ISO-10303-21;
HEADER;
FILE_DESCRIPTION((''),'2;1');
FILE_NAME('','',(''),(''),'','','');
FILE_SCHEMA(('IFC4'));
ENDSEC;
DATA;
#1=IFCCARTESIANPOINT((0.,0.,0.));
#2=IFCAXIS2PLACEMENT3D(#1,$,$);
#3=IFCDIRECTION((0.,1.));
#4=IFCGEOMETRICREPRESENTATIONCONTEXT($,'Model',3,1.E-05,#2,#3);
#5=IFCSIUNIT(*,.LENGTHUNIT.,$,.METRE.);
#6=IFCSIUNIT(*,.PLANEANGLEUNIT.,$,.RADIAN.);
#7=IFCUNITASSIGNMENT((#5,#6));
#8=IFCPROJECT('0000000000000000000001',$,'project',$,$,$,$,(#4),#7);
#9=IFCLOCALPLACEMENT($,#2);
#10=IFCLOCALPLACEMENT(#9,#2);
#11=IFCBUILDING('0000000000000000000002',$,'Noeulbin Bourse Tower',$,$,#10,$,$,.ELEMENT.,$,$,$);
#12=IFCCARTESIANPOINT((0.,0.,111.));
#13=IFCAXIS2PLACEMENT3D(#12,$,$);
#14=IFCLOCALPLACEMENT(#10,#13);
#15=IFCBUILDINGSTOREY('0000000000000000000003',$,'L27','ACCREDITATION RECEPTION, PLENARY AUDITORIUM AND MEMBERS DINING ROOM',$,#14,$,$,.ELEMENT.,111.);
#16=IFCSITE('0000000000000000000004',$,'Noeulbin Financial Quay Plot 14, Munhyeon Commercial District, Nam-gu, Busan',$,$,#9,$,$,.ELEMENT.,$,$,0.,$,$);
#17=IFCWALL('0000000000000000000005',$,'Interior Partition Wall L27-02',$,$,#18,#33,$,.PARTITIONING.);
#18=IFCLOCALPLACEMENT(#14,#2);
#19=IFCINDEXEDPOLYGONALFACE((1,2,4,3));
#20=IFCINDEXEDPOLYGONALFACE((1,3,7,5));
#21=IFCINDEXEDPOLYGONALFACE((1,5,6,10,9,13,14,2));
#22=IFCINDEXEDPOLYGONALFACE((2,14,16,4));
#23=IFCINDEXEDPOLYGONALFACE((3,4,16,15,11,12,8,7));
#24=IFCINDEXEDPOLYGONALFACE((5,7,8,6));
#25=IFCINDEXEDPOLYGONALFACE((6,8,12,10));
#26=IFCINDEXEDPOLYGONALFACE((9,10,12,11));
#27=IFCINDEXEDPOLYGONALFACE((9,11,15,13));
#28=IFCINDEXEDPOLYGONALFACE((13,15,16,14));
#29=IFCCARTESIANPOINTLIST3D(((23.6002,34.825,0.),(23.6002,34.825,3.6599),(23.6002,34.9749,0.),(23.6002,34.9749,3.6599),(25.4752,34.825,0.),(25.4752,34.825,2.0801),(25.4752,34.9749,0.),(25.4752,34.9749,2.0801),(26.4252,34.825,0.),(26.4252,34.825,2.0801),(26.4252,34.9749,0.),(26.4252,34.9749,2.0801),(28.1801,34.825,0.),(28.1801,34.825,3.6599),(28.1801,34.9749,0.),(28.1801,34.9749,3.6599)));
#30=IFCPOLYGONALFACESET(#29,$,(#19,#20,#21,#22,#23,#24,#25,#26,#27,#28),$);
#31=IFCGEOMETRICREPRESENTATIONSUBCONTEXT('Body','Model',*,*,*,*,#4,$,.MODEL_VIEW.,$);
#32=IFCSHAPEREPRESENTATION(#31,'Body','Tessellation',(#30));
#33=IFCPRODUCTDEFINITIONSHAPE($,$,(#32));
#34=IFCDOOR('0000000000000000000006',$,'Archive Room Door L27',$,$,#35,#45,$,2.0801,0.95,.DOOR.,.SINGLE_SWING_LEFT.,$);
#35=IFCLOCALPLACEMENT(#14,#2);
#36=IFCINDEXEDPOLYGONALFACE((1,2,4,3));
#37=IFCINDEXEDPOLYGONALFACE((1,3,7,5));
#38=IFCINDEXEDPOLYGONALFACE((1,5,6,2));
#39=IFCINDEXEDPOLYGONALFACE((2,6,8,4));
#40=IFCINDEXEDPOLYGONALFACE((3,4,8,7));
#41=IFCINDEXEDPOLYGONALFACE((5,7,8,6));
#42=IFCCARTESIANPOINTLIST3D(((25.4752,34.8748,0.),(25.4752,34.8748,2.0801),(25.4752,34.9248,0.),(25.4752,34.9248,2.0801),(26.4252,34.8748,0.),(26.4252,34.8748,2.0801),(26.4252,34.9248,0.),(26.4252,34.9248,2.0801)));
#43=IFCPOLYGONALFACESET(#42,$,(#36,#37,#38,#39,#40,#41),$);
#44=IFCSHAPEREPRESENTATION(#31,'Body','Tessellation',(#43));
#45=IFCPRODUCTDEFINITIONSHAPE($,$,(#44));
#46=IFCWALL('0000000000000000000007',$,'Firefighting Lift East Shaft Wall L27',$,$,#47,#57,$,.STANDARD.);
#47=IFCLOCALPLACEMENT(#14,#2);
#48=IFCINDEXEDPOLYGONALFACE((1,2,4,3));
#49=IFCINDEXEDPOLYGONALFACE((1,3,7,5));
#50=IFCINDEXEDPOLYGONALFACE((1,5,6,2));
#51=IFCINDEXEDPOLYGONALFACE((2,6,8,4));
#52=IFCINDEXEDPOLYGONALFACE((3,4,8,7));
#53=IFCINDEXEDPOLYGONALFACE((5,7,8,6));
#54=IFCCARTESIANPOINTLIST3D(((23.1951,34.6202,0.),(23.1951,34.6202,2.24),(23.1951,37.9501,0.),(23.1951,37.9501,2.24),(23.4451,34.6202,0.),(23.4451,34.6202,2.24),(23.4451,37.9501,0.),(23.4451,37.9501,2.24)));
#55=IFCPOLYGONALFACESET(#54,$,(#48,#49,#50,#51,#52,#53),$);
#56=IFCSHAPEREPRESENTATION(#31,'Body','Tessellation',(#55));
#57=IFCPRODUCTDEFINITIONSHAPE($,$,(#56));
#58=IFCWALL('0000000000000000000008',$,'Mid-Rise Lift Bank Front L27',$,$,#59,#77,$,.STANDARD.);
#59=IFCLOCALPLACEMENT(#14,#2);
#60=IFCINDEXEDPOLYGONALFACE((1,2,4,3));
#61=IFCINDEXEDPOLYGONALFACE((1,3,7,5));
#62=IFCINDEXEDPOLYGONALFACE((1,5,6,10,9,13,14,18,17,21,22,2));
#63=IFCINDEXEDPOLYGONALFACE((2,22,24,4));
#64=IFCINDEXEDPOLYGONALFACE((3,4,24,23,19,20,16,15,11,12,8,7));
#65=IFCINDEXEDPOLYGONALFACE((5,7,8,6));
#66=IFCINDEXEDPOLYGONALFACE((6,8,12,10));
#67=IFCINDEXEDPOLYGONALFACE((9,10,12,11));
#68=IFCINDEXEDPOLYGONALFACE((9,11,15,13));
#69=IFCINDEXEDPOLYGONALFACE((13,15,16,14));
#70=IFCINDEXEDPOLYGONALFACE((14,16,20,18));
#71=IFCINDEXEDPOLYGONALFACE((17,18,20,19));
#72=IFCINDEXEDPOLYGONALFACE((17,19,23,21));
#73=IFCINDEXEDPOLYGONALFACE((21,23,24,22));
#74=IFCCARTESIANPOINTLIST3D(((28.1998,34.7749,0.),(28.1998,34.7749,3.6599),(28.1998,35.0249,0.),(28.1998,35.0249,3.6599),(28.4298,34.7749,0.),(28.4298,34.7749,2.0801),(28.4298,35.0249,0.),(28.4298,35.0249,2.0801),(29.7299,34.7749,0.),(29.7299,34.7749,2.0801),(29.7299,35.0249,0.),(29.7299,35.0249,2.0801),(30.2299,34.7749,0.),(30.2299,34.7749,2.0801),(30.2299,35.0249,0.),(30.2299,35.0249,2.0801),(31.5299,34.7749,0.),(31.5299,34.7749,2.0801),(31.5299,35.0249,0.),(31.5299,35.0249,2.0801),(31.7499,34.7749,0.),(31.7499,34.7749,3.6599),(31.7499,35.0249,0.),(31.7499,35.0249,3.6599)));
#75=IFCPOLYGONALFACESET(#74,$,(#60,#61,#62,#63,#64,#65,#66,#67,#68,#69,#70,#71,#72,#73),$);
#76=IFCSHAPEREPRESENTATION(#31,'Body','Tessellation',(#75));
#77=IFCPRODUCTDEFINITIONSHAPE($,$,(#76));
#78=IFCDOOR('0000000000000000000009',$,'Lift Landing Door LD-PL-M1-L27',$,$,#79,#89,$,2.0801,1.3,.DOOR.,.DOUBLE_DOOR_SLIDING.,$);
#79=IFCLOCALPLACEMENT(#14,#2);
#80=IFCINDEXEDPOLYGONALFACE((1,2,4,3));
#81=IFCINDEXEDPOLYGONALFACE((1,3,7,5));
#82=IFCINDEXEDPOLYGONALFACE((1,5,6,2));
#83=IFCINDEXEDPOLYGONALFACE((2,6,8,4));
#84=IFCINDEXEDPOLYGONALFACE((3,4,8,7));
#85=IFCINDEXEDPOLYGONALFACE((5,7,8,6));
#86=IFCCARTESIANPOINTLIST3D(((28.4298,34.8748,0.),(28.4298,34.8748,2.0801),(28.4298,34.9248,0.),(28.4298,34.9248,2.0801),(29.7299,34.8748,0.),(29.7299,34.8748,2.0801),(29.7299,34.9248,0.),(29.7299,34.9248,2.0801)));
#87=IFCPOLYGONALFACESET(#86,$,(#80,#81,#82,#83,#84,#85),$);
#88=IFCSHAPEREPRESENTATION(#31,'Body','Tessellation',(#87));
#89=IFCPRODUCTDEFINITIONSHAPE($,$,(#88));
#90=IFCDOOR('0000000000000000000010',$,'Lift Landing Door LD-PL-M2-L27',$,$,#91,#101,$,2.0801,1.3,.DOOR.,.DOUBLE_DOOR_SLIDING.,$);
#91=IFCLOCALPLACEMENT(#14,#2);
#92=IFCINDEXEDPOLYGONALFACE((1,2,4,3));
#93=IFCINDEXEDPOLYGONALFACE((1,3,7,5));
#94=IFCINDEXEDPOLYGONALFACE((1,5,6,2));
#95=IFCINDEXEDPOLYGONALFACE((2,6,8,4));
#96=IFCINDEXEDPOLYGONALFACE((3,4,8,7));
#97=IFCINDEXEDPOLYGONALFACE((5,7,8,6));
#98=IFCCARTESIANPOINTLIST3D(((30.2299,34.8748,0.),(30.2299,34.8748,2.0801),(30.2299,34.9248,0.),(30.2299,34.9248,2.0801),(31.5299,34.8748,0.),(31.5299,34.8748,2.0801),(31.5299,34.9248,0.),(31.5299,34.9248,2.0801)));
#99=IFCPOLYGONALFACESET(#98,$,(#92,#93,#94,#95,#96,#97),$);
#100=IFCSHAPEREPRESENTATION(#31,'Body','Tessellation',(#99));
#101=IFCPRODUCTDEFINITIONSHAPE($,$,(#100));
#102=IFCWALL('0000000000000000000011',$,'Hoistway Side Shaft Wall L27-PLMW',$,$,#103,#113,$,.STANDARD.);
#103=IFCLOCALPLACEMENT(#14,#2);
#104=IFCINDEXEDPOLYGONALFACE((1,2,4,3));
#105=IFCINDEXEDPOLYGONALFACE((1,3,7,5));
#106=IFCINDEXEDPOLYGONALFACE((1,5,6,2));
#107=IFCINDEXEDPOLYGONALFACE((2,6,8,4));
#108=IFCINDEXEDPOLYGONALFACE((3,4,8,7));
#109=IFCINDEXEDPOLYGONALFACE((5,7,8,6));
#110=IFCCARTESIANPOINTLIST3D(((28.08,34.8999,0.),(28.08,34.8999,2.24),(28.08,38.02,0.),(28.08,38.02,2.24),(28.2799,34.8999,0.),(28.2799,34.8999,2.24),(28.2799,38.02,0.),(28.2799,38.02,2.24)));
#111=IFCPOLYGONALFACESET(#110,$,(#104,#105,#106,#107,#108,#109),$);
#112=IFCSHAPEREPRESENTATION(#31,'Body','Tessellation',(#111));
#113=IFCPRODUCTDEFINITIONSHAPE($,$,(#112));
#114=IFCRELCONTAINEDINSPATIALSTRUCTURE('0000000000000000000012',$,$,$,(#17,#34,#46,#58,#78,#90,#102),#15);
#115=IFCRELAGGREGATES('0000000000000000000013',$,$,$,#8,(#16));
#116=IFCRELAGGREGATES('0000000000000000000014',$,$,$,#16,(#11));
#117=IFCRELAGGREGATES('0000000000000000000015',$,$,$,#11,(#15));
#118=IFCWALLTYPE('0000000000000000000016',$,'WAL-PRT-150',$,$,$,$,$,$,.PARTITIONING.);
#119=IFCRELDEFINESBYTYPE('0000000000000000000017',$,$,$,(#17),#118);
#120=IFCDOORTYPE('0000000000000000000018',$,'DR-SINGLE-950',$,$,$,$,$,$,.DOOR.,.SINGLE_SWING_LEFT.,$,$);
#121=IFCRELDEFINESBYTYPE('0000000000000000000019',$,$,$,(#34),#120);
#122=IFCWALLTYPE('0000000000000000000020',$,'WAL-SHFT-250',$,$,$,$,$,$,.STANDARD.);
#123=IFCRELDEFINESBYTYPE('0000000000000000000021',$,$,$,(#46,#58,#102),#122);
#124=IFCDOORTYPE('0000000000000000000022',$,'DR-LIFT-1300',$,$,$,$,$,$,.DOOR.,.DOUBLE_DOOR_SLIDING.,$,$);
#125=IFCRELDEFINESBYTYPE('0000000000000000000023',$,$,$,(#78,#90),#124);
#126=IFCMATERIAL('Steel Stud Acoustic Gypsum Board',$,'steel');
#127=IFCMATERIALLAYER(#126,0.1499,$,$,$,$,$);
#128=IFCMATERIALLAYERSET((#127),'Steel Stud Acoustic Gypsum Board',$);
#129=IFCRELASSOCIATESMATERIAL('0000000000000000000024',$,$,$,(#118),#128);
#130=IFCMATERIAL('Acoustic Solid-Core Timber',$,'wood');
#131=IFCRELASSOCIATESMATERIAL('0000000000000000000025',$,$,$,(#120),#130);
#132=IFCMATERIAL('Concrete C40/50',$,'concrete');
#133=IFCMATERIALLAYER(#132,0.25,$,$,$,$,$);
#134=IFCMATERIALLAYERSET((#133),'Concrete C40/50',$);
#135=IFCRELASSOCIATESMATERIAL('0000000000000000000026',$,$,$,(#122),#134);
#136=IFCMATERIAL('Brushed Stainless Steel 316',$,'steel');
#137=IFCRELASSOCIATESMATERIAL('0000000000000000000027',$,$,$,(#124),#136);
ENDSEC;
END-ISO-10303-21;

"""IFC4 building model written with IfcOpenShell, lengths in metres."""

from ifc_helpers import new_model, si_unit, direction, frame, frame_2d, origin, place, context, subcontext, project, spatial, rectangle, extrude, material, layer, layer_set, type_object, element, fill, save


model = new_model("IFC4")

# Units and contexts
model_context = context("Model", 3, precision=1e-05, world=origin(), true_north=direction((0.0, 1.0)))
body_context = subcontext(model_context, "Body", "Model", "MODEL_VIEW")
ifc_project = project(units=[si_unit("LENGTHUNIT", "METRE"), si_unit("PLANEANGLEUNIT", "RADIAN")], contexts=[model_context])

# Site, building, storey
site_placement = place(None, origin())
site = spatial("IfcSite", under=ifc_project, at=site_placement, Name="Noeulbin Financial Quay Plot 14, Munhyeon Commercial District, Nam-gu, Busan", CompositionType="ELEMENT", RefElevation=0.0)
building_placement = place(site_placement, origin())
building = spatial("IfcBuilding", under=site, at=building_placement, Name="Noeulbin Bourse Tower", CompositionType="ELEMENT")
storey_placement = place(building_placement, frame((0.0, 0.0, 111.0)))
storey = spatial("IfcBuildingStorey", under=building, at=storey_placement, Name="L27", Description="ACCREDITATION RECEPTION, PLENARY AUDITORIUM AND MEMBERS DINING ROOM", CompositionType="ELEMENT", Elevation=111.0)

# Shared definitions
ifc_material_1 = material(Name="Concrete C40/50", Category="concrete")

# Wall, opening, door
ifc_material_2 = material(Name="Steel Stud Acoustic Gypsum Board", Category="steel")
ifc_layer_1 = layer(ifc_material_2, 0.1499)
ifc_layer_set_1 = layer_set([ifc_layer_1], Name="Steel Stud Acoustic Gypsum Board")
wall_type_1 = type_object("IfcWallType", Name="WAL-PRT-150", PredefinedType="PARTITIONING", material=ifc_layer_set_1)
wall_1_placement = place(storey_placement, frame((23.6001, 34.8999, 0.0), z_axis=(0.0, 0.0, 1.0), x_axis=(1.0, 0.0, 0.0)))
wall_1 = element("IfcWall", 1, at=wall_1_placement, inside=storey, type_object=wall_type_1, Name="Interior Partition Wall L27-02", PredefinedType="PARTITIONING", context=body_context, shape_type="SweptSolid", body=[
    extrude(rectangle(XDim=4.5798, YDim=0.1499, at=frame_2d((2.29, 0.0))), origin(), (0.0, 0.0, 1.0), 3.6599),
])
opening_1_placement = place(wall_1_placement, frame((1.875, 0.0, 0.0)))
opening_1 = element("IfcOpeningElement", 2, at=opening_1_placement, cuts=wall_1, PredefinedType="OPENING", context=body_context, shape_type="SweptSolid", body=[
    extrude(rectangle(XDim=0.95, YDim=2.0801, at=frame_2d((0.4751, 1.04))), frame((0.0, 0.085, 0.0), z_axis=(0.0, -1.0, 0.0), x_axis=(1.0, 0.0, 0.0)), (0.0, 0.0, 1.0), 0.1699),
])
ifc_material_3 = material(Name="Acoustic Solid-Core Timber", Category="wood")
door_type_1 = type_object("IfcDoorType", Name="DR-SINGLE-950", OperationType="SINGLE_SWING_LEFT", PredefinedType="DOOR", material=ifc_material_3)
door_1_placement = place(opening_1_placement, origin())
door_1 = element("IfcDoor", 3, at=door_1_placement, inside=storey, type_object=door_type_1, Name="Archive Room Door L27", OperationType="SINGLE_SWING_LEFT", OverallHeight=2.0801, OverallWidth=0.95, PredefinedType="DOOR", context=body_context, shape_type="SweptSolid", body=[
    extrude(rectangle(XDim=0.95, YDim=2.0801, at=frame_2d((0.4751, 1.04))), frame((0.0, 0.0249, 0.0), z_axis=(0.0, -1.0, 0.0), x_axis=(1.0, 0.0, 0.0)), (0.0, 0.0, 1.0), 0.05),
])
fill(opening_1, door_1)

# Wall
ifc_layer_2 = layer(ifc_material_1, 0.25)
ifc_layer_set_2 = layer_set([ifc_layer_2], Name="Concrete C40/50")
wall_type_2 = type_object("IfcWallType", Name="WAL-SHFT-250", PredefinedType="STANDARD", material=ifc_layer_set_2)
wall_2_placement = place(storey_placement, frame((23.3201, 34.6201, 0.0), z_axis=(0.0, 0.0, 1.0), x_axis=(0.0, 1.0, 0.0)))
element("IfcWall", 4, at=wall_2_placement, inside=storey, type_object=wall_type_2, Name="Firefighting Lift East Shaft Wall L27", PredefinedType="STANDARD", context=body_context, shape_type="SweptSolid", body=[
    extrude(rectangle(XDim=3.3298, YDim=0.25, at=frame_2d((1.665, 0.0))), origin(), (0.0, 0.0, 1.0), 2.24),
])

# Wall, openings, doors
wall_3_placement = place(storey_placement, frame((28.2, 34.8999, 0.0), z_axis=(0.0, 0.0, 1.0), x_axis=(1.0, 0.0, 0.0)))
wall_3 = element("IfcWall", 5, at=wall_3_placement, inside=storey, type_object=wall_type_2, Name="Mid-Rise Lift Bank Front L27", PredefinedType="STANDARD", context=body_context, shape_type="SweptSolid", body=[
    extrude(rectangle(XDim=3.55, YDim=0.25, at=frame_2d((1.7749, 0.0))), origin(), (0.0, 0.0, 1.0), 3.6599),
])
opening_2_placement = place(wall_3_placement, frame((0.23, 0.0, 0.0)))
opening_2 = element("IfcOpeningElement", 6, at=opening_2_placement, cuts=wall_3, PredefinedType="OPENING", context=body_context, shape_type="SweptSolid", body=[
    extrude(rectangle(XDim=1.3, YDim=2.0801, at=frame_2d((0.6499, 1.04))), frame((0.0, 0.135, 0.0), z_axis=(0.0, -1.0, 0.0), x_axis=(1.0, 0.0, 0.0)), (0.0, 0.0, 1.0), 0.27),
])
opening_3_placement = place(wall_3_placement, frame((2.03, 0.0, 0.0)))
opening_3 = element("IfcOpeningElement", 7, at=opening_3_placement, cuts=wall_3, PredefinedType="OPENING", context=body_context, shape_type="SweptSolid", body=[
    extrude(rectangle(XDim=1.3, YDim=2.0801, at=frame_2d((0.6499, 1.04))), frame((0.0, 0.135, 0.0), z_axis=(0.0, -1.0, 0.0), x_axis=(1.0, 0.0, 0.0)), (0.0, 0.0, 1.0), 0.27),
])
ifc_material_4 = material(Name="Brushed Stainless Steel 316", Category="steel")
door_type_2 = type_object("IfcDoorType", Name="DR-LIFT-1300", OperationType="DOUBLE_DOOR_SLIDING", PredefinedType="DOOR", material=ifc_material_4)
door_2_placement = place(opening_2_placement, origin())
door_2 = element("IfcDoor", 8, at=door_2_placement, inside=storey, type_object=door_type_2, Name="Lift Landing Door LD-PL-M1-L27", OperationType="DOUBLE_DOOR_SLIDING", OverallHeight=2.0801, OverallWidth=1.3, PredefinedType="DOOR", context=body_context, shape_type="SweptSolid", body=[
    extrude(rectangle(XDim=1.3, YDim=2.0801, at=frame_2d((0.6499, 1.04))), frame((0.0, 0.0249, 0.0), z_axis=(0.0, -1.0, 0.0), x_axis=(1.0, 0.0, 0.0)), (0.0, 0.0, 1.0), 0.05),
])
fill(opening_2, door_2)
door_3_placement = place(opening_3_placement, origin())
door_3 = element("IfcDoor", 9, at=door_3_placement, inside=storey, type_object=door_type_2, Name="Lift Landing Door LD-PL-M2-L27", OperationType="DOUBLE_DOOR_SLIDING", OverallHeight=2.0801, OverallWidth=1.3, PredefinedType="DOOR", context=body_context, shape_type="SweptSolid", body=[
    extrude(rectangle(XDim=1.3, YDim=2.0801, at=frame_2d((0.6499, 1.04))), frame((0.0, 0.0249, 0.0), z_axis=(0.0, -1.0, 0.0), x_axis=(1.0, 0.0, 0.0)), (0.0, 0.0, 1.0), 0.05),
])
fill(opening_3, door_3)

# Wall
wall_4_placement = place(storey_placement, frame((28.1799, 34.8999, 0.0), z_axis=(0.0, 0.0, 1.0), x_axis=(0.0, 1.0, 0.0)))
element("IfcWall", 10, at=wall_4_placement, inside=storey, type_object=wall_type_2, Name="Hoistway Side Shaft Wall L27-PLMW", PredefinedType="STANDARD", context=body_context, shape_type="SweptSolid", body=[
    extrude(rectangle(XDim=3.1201, YDim=0.2, at=frame_2d((1.5601, 0.0))), origin(), (0.0, 0.0, 1.0), 2.24),
])

save(model, "model.ifc")
